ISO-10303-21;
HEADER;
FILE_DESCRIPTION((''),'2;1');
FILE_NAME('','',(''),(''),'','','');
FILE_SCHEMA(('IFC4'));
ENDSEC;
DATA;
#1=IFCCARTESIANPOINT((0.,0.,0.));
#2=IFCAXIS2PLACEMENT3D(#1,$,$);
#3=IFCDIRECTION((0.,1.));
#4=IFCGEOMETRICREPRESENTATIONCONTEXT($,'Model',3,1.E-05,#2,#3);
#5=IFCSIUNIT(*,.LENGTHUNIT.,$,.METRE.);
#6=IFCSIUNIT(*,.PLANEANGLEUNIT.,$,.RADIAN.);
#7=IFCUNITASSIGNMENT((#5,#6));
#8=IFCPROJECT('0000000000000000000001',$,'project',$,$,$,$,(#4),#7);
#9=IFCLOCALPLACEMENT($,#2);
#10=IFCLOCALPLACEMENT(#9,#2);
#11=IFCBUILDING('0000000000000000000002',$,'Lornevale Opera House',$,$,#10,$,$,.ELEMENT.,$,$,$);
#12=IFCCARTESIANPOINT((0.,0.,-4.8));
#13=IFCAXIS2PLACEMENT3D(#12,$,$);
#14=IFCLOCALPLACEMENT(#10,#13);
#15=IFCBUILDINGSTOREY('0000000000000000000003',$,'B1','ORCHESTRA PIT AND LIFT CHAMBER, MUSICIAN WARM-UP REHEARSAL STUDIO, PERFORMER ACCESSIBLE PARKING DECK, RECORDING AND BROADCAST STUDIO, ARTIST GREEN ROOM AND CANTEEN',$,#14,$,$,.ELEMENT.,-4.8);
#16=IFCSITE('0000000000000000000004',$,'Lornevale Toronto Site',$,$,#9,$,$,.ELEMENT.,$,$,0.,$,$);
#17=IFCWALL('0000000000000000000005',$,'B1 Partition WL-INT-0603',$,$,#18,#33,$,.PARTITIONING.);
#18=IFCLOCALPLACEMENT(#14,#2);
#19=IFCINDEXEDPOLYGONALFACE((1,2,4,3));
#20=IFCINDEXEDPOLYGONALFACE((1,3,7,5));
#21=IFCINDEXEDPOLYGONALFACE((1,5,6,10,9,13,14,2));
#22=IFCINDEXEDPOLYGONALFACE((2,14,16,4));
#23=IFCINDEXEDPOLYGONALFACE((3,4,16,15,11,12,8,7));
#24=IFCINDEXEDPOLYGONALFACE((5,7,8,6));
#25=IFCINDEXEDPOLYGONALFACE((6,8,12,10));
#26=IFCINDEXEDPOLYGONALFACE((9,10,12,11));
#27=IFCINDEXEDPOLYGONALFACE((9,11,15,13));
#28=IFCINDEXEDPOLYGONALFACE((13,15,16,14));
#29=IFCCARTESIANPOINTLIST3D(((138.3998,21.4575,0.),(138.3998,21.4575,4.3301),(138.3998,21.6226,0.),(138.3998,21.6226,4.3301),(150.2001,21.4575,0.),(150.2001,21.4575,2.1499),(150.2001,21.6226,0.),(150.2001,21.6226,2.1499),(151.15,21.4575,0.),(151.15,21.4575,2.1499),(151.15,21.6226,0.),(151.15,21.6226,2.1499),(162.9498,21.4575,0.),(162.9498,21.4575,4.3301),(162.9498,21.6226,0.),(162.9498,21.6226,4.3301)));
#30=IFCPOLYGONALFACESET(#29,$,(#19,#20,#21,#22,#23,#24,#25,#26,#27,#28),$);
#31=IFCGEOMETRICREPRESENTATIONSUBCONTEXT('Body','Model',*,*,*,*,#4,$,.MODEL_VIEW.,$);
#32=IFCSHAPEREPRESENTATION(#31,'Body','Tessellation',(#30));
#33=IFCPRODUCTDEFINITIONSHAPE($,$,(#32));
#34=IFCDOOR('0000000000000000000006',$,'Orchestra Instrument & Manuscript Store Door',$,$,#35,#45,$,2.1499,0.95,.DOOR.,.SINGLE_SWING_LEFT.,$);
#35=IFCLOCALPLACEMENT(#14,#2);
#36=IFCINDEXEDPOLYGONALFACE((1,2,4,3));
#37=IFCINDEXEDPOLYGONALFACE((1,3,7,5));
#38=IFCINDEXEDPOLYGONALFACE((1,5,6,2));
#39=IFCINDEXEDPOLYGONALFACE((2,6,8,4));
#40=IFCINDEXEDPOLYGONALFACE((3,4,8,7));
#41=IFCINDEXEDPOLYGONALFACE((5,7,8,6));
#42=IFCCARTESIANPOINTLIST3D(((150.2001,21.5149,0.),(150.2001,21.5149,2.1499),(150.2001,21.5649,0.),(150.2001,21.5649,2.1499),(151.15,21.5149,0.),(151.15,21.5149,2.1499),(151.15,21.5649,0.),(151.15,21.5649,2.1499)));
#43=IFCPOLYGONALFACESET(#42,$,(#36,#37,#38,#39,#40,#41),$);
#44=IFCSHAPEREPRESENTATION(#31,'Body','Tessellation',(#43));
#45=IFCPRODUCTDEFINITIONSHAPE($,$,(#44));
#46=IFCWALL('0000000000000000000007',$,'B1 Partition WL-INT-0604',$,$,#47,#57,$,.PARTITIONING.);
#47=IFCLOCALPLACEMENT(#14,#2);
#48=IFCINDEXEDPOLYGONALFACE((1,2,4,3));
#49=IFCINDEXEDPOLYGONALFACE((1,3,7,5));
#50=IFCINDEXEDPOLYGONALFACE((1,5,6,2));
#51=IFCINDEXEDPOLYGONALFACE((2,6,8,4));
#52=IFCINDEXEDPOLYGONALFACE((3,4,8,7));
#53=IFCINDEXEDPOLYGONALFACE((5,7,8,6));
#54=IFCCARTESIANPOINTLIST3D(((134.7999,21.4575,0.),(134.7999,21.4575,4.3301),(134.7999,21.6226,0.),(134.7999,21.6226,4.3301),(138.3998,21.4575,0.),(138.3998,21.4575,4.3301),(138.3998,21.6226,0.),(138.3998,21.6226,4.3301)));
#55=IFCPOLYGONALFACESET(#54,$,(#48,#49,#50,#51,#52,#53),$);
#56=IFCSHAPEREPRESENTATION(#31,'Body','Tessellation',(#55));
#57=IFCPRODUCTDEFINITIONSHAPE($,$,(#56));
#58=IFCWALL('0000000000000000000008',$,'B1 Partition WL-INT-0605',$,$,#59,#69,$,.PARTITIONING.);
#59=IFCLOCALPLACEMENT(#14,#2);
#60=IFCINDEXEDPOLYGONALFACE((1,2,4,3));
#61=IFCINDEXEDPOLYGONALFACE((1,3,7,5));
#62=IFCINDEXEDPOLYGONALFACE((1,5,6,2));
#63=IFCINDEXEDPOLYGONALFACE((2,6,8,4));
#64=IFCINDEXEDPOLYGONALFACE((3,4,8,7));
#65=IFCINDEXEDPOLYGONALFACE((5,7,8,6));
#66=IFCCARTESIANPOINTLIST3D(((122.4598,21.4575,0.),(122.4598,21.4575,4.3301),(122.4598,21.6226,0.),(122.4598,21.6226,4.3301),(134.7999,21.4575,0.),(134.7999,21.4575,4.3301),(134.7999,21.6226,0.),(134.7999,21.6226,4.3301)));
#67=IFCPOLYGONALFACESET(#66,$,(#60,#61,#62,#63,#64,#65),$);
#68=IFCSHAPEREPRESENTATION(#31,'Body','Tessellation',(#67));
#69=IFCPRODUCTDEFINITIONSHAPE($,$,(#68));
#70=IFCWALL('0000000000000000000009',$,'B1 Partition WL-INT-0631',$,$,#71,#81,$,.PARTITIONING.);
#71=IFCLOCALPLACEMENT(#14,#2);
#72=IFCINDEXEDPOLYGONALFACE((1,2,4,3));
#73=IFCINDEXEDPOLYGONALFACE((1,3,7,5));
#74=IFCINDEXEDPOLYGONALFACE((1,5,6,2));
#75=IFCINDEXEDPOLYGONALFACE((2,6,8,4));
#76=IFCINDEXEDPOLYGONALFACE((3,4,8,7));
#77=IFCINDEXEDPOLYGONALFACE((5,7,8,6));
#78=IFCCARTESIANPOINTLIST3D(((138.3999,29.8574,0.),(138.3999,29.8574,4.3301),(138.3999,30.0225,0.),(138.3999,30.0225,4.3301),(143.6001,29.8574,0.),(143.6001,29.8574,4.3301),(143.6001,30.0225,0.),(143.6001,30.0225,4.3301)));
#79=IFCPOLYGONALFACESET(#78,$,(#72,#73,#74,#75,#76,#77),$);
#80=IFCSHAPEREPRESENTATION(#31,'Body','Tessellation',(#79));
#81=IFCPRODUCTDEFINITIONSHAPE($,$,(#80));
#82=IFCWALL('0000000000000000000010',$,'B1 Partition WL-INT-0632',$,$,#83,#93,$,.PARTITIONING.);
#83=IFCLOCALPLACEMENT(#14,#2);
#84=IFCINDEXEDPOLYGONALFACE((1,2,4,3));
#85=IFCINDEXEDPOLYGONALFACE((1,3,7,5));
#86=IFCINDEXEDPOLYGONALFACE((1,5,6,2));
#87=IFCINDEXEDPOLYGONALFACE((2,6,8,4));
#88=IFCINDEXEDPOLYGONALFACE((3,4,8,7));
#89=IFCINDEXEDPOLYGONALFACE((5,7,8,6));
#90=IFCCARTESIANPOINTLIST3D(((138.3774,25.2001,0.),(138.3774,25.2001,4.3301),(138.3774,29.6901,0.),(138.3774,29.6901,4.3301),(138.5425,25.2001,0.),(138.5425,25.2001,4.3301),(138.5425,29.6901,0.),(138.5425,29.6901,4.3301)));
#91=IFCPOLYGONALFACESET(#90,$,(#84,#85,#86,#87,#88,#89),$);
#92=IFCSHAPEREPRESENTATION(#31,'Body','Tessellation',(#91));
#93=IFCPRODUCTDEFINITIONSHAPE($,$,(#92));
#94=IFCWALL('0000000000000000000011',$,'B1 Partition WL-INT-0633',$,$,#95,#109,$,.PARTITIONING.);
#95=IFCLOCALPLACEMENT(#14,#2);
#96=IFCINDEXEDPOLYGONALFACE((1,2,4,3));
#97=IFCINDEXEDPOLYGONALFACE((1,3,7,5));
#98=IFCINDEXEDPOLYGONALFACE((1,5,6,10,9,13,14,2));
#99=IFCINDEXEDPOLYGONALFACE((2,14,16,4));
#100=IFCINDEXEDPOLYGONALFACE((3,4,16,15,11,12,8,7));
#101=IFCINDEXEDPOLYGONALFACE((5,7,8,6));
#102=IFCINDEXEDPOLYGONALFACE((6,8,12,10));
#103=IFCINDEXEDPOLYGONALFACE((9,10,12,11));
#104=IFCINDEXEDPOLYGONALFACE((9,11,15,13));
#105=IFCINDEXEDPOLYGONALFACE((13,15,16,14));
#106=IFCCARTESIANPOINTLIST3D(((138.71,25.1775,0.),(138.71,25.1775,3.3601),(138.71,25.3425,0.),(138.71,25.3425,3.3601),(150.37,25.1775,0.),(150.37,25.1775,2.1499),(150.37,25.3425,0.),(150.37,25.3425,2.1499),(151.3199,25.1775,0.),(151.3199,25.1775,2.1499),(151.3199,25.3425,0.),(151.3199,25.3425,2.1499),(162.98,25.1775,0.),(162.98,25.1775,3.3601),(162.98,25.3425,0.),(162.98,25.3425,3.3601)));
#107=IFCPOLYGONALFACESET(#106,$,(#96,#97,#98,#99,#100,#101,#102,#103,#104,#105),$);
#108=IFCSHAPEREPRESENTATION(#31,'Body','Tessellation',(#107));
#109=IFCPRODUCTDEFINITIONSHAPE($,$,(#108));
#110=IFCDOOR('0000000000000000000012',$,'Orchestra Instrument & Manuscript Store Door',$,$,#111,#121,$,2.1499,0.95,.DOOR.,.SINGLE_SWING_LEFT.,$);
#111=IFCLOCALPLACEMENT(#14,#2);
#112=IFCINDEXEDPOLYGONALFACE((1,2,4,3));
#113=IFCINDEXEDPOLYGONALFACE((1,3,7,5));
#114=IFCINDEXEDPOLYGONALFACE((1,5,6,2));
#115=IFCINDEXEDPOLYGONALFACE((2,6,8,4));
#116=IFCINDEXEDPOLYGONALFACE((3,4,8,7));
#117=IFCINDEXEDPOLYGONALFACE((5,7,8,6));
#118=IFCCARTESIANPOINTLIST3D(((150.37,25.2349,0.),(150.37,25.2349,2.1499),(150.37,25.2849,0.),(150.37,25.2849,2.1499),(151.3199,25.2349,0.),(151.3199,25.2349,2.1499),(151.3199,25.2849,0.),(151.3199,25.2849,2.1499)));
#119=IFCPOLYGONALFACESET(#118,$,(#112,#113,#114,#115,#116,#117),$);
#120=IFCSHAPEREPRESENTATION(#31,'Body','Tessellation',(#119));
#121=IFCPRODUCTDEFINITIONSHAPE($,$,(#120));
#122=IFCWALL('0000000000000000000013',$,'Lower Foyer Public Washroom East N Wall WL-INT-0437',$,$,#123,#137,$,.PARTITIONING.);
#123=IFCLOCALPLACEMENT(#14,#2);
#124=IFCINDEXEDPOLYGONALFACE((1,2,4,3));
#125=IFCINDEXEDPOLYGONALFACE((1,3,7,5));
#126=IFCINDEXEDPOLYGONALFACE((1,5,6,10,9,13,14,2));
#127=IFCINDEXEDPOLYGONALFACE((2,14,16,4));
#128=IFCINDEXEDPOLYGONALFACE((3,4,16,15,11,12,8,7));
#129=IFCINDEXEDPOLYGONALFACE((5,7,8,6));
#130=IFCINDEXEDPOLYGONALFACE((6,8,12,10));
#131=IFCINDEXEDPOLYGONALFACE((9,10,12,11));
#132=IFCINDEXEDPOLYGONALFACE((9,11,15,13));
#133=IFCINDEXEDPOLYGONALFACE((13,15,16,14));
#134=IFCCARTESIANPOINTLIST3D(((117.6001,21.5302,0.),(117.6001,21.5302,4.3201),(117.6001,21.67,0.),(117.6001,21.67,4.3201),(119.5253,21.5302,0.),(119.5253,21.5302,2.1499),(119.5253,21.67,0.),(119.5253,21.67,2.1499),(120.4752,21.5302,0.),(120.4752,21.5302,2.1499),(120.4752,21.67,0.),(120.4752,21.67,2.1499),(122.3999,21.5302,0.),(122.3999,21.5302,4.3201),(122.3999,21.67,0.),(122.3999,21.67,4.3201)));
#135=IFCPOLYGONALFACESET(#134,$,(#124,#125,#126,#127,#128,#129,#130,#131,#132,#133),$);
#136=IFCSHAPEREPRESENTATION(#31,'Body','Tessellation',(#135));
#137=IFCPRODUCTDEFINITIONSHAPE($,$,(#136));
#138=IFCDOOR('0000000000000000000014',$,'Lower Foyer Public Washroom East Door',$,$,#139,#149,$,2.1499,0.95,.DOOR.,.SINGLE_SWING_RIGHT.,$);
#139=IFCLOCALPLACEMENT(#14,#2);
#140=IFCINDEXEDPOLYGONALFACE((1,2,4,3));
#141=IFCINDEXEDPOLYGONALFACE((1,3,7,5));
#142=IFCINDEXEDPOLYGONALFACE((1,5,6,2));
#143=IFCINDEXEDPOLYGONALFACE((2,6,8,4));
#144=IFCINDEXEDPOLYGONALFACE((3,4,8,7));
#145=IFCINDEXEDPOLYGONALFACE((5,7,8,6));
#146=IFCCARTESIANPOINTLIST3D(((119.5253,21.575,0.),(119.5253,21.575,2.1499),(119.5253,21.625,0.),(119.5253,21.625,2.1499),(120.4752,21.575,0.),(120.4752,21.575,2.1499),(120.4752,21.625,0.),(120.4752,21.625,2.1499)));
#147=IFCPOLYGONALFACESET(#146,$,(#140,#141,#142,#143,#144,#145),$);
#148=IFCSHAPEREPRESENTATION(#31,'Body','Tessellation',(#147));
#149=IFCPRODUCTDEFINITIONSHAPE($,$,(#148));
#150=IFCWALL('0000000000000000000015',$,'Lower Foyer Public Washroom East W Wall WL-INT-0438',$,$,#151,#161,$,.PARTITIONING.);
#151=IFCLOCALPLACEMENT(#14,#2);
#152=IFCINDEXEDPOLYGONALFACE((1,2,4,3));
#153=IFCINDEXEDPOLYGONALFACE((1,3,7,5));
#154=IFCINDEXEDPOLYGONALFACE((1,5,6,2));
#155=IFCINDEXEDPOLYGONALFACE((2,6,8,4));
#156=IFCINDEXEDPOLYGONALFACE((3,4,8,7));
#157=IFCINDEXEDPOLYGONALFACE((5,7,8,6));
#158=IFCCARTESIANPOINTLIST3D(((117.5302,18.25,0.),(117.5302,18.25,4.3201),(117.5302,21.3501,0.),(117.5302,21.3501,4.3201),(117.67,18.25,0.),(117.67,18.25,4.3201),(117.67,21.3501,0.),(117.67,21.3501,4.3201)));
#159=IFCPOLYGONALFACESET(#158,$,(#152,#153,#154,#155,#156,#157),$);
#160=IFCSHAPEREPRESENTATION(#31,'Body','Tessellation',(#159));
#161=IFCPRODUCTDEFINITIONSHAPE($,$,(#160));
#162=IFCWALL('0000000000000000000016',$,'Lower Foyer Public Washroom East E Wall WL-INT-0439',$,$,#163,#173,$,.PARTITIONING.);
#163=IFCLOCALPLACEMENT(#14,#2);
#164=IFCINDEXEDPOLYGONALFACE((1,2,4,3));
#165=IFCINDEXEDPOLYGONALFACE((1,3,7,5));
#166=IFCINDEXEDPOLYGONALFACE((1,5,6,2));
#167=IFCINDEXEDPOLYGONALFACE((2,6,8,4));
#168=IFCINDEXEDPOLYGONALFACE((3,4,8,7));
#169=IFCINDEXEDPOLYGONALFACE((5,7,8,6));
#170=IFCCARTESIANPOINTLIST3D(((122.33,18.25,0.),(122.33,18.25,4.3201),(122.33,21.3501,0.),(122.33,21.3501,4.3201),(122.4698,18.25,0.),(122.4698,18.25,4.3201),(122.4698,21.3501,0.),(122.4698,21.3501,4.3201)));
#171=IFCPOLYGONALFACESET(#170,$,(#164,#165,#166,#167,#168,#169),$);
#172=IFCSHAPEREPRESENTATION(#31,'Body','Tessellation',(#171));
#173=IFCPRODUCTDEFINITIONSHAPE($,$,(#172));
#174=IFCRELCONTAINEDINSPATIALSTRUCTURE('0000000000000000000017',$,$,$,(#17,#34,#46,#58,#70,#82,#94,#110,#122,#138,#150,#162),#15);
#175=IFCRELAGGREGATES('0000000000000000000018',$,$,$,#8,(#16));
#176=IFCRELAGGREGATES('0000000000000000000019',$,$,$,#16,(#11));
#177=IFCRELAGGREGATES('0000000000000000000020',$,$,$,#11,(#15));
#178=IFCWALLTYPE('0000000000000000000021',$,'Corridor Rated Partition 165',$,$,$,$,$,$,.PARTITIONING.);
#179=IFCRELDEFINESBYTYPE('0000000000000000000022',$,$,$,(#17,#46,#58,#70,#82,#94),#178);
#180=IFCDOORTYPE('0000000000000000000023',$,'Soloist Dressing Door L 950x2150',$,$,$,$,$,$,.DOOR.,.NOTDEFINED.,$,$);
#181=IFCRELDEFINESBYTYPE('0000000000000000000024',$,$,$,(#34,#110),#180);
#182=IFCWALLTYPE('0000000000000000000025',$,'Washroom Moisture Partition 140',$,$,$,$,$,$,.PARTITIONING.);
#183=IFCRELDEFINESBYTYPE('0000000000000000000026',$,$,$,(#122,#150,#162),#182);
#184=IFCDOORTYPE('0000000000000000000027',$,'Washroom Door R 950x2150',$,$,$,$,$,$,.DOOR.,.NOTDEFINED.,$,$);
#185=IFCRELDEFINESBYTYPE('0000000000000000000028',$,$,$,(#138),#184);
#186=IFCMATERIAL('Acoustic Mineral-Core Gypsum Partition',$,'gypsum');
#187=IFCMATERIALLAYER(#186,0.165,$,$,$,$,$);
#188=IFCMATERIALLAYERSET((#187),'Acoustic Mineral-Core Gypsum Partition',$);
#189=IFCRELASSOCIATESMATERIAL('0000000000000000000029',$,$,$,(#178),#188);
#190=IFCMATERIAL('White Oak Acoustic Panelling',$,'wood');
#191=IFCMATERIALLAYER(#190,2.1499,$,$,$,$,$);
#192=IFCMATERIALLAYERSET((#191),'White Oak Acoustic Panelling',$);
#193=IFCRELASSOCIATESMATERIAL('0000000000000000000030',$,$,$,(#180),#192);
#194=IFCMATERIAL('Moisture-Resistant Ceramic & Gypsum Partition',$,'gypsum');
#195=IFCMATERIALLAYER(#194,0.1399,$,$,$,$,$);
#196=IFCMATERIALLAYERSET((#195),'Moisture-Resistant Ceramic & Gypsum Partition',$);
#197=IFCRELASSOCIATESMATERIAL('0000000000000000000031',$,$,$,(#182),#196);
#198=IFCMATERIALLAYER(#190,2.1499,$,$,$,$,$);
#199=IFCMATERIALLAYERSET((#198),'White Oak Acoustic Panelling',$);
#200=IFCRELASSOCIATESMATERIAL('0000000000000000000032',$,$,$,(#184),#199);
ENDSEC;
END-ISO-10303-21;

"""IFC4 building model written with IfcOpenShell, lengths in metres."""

from ifc_helpers import new_model, si_unit, direction, frame, frame_2d, origin, place, context, subcontext, project, spatial, rectangle, extrude, material, layer, layer_set, type_object, element, fill, save


model = new_model("IFC4")

# Units and contexts
model_context = context("Model", 3, precision=1e-05, world=origin(), true_north=direction((0.0, 1.0)))
body_context = subcontext(model_context, "Body", "Model", "MODEL_VIEW")
ifc_project = project(units=[si_unit("LENGTHUNIT", "METRE"), si_unit("PLANEANGLEUNIT", "RADIAN")], contexts=[model_context])

# Site, building, storey
site_placement = place(None, origin())
site = spatial("IfcSite", under=ifc_project, at=site_placement, Name="Lornevale Toronto Site", CompositionType="ELEMENT", RefElevation=0.0)
building_placement = place(site_placement, origin())
building = spatial("IfcBuilding", under=site, at=building_placement, Name="Lornevale Opera House", CompositionType="ELEMENT")
storey_placement = place(building_placement, frame((0.0, 0.0, -4.8)))
storey = spatial("IfcBuildingStorey", under=building, at=storey_placement, Name="B1", Description="ORCHESTRA PIT AND LIFT CHAMBER, MUSICIAN WARM-UP REHEARSAL STUDIO, PERFORMER ACCESSIBLE PARKING DECK, RECORDING AND BROADCAST STUDIO, ARTIST GREEN ROOM AND CANTEEN", CompositionType="ELEMENT", Elevation=-4.8)

# Wall, opening, door
ifc_material_1 = material(Name="Acoustic Mineral-Core Gypsum Partition", Category="gypsum")
ifc_layer_1 = layer(ifc_material_1, 0.165)
ifc_layer_set_1 = layer_set([ifc_layer_1], Name="Acoustic Mineral-Core Gypsum Partition")
wall_type_1 = type_object("IfcWallType", Name="Corridor Rated Partition 165", PredefinedType="PARTITIONING", material=ifc_layer_set_1)
wall_1_placement = place(storey_placement, frame((138.3999, 21.54, 0.0), z_axis=(0.0, 0.0, 1.0), x_axis=(1.0, 0.0, 0.0)))
wall_1 = element("IfcWall", 1, at=wall_1_placement, inside=storey, type_object=wall_type_1, Name="B1 Partition WL-INT-0603", PredefinedType="PARTITIONING", context=body_context, shape_type="SweptSolid", body=[
    extrude(rectangle(XDim=24.55, YDim=0.165, at=frame_2d((12.2749, 0.0))), origin(), (0.0, 0.0, 1.0), 4.3301),
])
opening_1_placement = place(wall_1_placement, frame((11.8, 0.0, 0.0)))
opening_1 = element("IfcOpeningElement", 2, at=opening_1_placement, cuts=wall_1, PredefinedType="OPENING", context=body_context, shape_type="SweptSolid", body=[
    extrude(rectangle(XDim=0.95, YDim=2.1499, at=frame_2d((0.4751, 1.075))), frame((0.0, 0.0925, 0.0), z_axis=(0.0, -1.0, 0.0), x_axis=(1.0, 0.0, 0.0)), (0.0, 0.0, 1.0), 0.1851),
])
ifc_material_2 = material(Name="White Oak Acoustic Panelling", Category="wood")
ifc_layer_2 = layer(ifc_material_2, 2.1499)
ifc_layer_set_2 = layer_set([ifc_layer_2], Name="White Oak Acoustic Panelling")
door_type_1 = type_object("IfcDoorType", Name="Soloist Dressing Door L 950x2150", OperationType="NOTDEFINED", PredefinedType="DOOR", material=ifc_layer_set_2)
door_1_placement = place(opening_1_placement, origin())
door_1 = element("IfcDoor", 3, at=door_1_placement, inside=storey, type_object=door_type_1, Name="Orchestra Instrument & Manuscript Store Door", OperationType="SINGLE_SWING_LEFT", OverallHeight=2.1499, OverallWidth=0.95, PredefinedType="DOOR", context=body_context, shape_type="SweptSolid", body=[
    extrude(rectangle(XDim=0.95, YDim=2.1499, at=frame_2d((0.4751, 1.075))), frame((0.0, 0.0249, 0.0), z_axis=(0.0, -1.0, 0.0), x_axis=(1.0, 0.0, 0.0)), (0.0, 0.0, 1.0), 0.05),
])
fill(opening_1, door_1)

# Walls
wall_2_placement = place(storey_placement, frame((134.8, 21.54, 0.0), z_axis=(0.0, 0.0, 1.0), x_axis=(1.0, 0.0, 0.0)))
element("IfcWall", 4, at=wall_2_placement, inside=storey, type_object=wall_type_1, Name="B1 Partition WL-INT-0604", PredefinedType="PARTITIONING", context=body_context, shape_type="SweptSolid", body=[
    extrude(rectangle(XDim=3.5999, YDim=0.165, at=frame_2d((1.7998, 0.0))), origin(), (0.0, 0.0, 1.0), 4.3301),
])
wall_3_placement = place(storey_placement, frame((122.46, 21.54, 0.0), z_axis=(0.0, 0.0, 1.0), x_axis=(1.0, 0.0, 0.0)))
element("IfcWall", 5, at=wall_3_placement, inside=storey, type_object=wall_type_1, Name="B1 Partition WL-INT-0605", PredefinedType="PARTITIONING", context=body_context, shape_type="SweptSolid", body=[
    extrude(rectangle(XDim=12.3401, YDim=0.165, at=frame_2d((6.1699, 0.0))), origin(), (0.0, 0.0, 1.0), 4.3301),
])
wall_4_placement = place(storey_placement, frame((138.3999, 29.9399, 0.0), z_axis=(0.0, 0.0, 1.0), x_axis=(1.0, 0.0, 0.0)))
element("IfcWall", 6, at=wall_4_placement, inside=storey, type_object=wall_type_1, Name="B1 Partition WL-INT-0631", PredefinedType="PARTITIONING", context=body_context, shape_type="SweptSolid", body=[
    extrude(rectangle(XDim=5.2002, YDim=0.165, at=frame_2d((2.6001, 0.0))), origin(), (0.0, 0.0, 1.0), 4.3301),
])
wall_5_placement = place(storey_placement, frame((138.46, 25.2, 0.0), z_axis=(0.0, 0.0, 1.0), x_axis=(0.0, 1.0, 0.0)))
element("IfcWall", 7, at=wall_5_placement, inside=storey, type_object=wall_type_1, Name="B1 Partition WL-INT-0632", PredefinedType="PARTITIONING", context=body_context, shape_type="SweptSolid", body=[
    extrude(rectangle(XDim=4.49, YDim=0.165, at=frame_2d((2.2451, 0.0))), origin(), (0.0, 0.0, 1.0), 4.3301),
])

# Walls, openings, doors
wall_6_placement = place(storey_placement, frame((138.71, 25.26, 0.0), z_axis=(0.0, 0.0, 1.0), x_axis=(1.0, 0.0, 0.0)))
wall_6 = element("IfcWall", 8, at=wall_6_placement, inside=storey, type_object=wall_type_1, Name="B1 Partition WL-INT-0633", PredefinedType="PARTITIONING", context=body_context, shape_type="SweptSolid", body=[
    extrude(rectangle(XDim=24.27, YDim=0.165, at=frame_2d((12.135, 0.0))), origin(), (0.0, 0.0, 1.0), 3.3601),
])
opening_2_placement = place(wall_6_placement, frame((11.6599, 0.0, 0.0)))
opening_2 = element("IfcOpeningElement", 9, at=opening_2_placement, cuts=wall_6, PredefinedType="OPENING", context=body_context, shape_type="SweptSolid", body=[
    extrude(rectangle(XDim=0.95, YDim=2.1499, at=frame_2d((0.4751, 1.075))), frame((0.0, 0.0925, 0.0), z_axis=(0.0, -1.0, 0.0), x_axis=(1.0, 0.0, 0.0)), (0.0, 0.0, 1.0), 0.1851),
])
door_2_placement = place(opening_2_placement, origin())
door_2 = element("IfcDoor", 10, at=door_2_placement, inside=storey, type_object=door_type_1, Name="Orchestra Instrument & Manuscript Store Door", OperationType="SINGLE_SWING_LEFT", OverallHeight=2.1499, OverallWidth=0.95, PredefinedType="DOOR", context=body_context, shape_type="SweptSolid", body=[
    extrude(rectangle(XDim=0.95, YDim=2.1499, at=frame_2d((0.4751, 1.075))), frame((0.0, 0.0249, 0.0), z_axis=(0.0, -1.0, 0.0), x_axis=(1.0, 0.0, 0.0)), (0.0, 0.0, 1.0), 0.05),
])
fill(opening_2, door_2)
ifc_material_3 = material(Name="Moisture-Resistant Ceramic & Gypsum Partition", Category="gypsum")
ifc_layer_3 = layer(ifc_material_3, 0.1399)
ifc_layer_set_3 = layer_set([ifc_layer_3], Name="Moisture-Resistant Ceramic & Gypsum Partition")
wall_type_2 = type_object("IfcWallType", Name="Washroom Moisture Partition 140", PredefinedType="PARTITIONING", material=ifc_layer_set_3)
wall_7_placement = place(storey_placement, frame((117.6001, 21.6001, 0.0), z_axis=(0.0, 0.0, 1.0), x_axis=(1.0, 0.0, 0.0)))
wall_7 = element("IfcWall", 11, at=wall_7_placement, inside=storey, type_object=wall_type_2, Name="Lower Foyer Public Washroom East N Wall WL-INT-0437", PredefinedType="PARTITIONING", context=body_context, shape_type="SweptSolid", body=[
    extrude(rectangle(XDim=4.7998, YDim=0.1399, at=frame_2d((2.3999, 0.0))), origin(), (0.0, 0.0, 1.0), 4.3201),
])
opening_3_placement = place(wall_7_placement, frame((1.925, 0.0, 0.0)))
opening_3 = element("IfcOpeningElement", 12, at=opening_3_placement, cuts=wall_7, PredefinedType="OPENING", context=body_context, shape_type="SweptSolid", body=[
    extrude(rectangle(XDim=0.95, YDim=2.1499, at=frame_2d((0.4751, 1.075))), frame((0.0, 0.0798, 0.0), z_axis=(0.0, -1.0, 0.0), x_axis=(1.0, 0.0, 0.0)), (0.0, 0.0, 1.0), 0.1599),
])
ifc_layer_4 = layer(ifc_material_2, 2.1499)
ifc_layer_set_4 = layer_set([ifc_layer_4], Name="White Oak Acoustic Panelling")
door_type_2 = type_object("IfcDoorType", Name="Washroom Door R 950x2150", OperationType="NOTDEFINED", PredefinedType="DOOR", material=ifc_layer_set_4)
door_3_placement = place(opening_3_placement, origin())
door_3 = element("IfcDoor", 13, at=door_3_placement, inside=storey, type_object=door_type_2, Name="Lower Foyer Public Washroom East Door", OperationType="SINGLE_SWING_RIGHT", OverallHeight=2.1499, OverallWidth=0.95, PredefinedType="DOOR", context=body_context, shape_type="SweptSolid", body=[
    extrude(rectangle(XDim=0.95, YDim=2.1499, at=frame_2d((0.4751, 1.075))), frame((0.0, 0.0249, 0.0), z_axis=(0.0, -1.0, 0.0), x_axis=(1.0, 0.0, 0.0)), (0.0, 0.0, 1.0), 0.05),
])
fill(opening_3, door_3)

# Walls
for number, where, z_axis, x_axis, name in (
    (14, (117.6001, 18.25, 0.0), (0.0, 0.0, 1.0), (0.0, 1.0, 0.0), "Lower Foyer Public Washroom East W Wall WL-INT-0438"),
    (15, (122.3999, 18.25, 0.0), (0.0, 0.0, 1.0), (0.0, 1.0, 0.0), "Lower Foyer Public Washroom East E Wall WL-INT-0439"),
):
    element("IfcWall", number, at=place(storey_placement, frame(where, z_axis=z_axis, x_axis=x_axis)), inside=storey, type_object=wall_type_2, Name=name, PredefinedType="PARTITIONING", context=body_context, shape_type="SweptSolid", body=[
        extrude(rectangle(XDim=3.1001, YDim=0.1399, at=frame_2d((1.55, 0.0))), origin(), (0.0, 0.0, 1.0), 4.3201),
    ])

save(model, "model.ifc")
